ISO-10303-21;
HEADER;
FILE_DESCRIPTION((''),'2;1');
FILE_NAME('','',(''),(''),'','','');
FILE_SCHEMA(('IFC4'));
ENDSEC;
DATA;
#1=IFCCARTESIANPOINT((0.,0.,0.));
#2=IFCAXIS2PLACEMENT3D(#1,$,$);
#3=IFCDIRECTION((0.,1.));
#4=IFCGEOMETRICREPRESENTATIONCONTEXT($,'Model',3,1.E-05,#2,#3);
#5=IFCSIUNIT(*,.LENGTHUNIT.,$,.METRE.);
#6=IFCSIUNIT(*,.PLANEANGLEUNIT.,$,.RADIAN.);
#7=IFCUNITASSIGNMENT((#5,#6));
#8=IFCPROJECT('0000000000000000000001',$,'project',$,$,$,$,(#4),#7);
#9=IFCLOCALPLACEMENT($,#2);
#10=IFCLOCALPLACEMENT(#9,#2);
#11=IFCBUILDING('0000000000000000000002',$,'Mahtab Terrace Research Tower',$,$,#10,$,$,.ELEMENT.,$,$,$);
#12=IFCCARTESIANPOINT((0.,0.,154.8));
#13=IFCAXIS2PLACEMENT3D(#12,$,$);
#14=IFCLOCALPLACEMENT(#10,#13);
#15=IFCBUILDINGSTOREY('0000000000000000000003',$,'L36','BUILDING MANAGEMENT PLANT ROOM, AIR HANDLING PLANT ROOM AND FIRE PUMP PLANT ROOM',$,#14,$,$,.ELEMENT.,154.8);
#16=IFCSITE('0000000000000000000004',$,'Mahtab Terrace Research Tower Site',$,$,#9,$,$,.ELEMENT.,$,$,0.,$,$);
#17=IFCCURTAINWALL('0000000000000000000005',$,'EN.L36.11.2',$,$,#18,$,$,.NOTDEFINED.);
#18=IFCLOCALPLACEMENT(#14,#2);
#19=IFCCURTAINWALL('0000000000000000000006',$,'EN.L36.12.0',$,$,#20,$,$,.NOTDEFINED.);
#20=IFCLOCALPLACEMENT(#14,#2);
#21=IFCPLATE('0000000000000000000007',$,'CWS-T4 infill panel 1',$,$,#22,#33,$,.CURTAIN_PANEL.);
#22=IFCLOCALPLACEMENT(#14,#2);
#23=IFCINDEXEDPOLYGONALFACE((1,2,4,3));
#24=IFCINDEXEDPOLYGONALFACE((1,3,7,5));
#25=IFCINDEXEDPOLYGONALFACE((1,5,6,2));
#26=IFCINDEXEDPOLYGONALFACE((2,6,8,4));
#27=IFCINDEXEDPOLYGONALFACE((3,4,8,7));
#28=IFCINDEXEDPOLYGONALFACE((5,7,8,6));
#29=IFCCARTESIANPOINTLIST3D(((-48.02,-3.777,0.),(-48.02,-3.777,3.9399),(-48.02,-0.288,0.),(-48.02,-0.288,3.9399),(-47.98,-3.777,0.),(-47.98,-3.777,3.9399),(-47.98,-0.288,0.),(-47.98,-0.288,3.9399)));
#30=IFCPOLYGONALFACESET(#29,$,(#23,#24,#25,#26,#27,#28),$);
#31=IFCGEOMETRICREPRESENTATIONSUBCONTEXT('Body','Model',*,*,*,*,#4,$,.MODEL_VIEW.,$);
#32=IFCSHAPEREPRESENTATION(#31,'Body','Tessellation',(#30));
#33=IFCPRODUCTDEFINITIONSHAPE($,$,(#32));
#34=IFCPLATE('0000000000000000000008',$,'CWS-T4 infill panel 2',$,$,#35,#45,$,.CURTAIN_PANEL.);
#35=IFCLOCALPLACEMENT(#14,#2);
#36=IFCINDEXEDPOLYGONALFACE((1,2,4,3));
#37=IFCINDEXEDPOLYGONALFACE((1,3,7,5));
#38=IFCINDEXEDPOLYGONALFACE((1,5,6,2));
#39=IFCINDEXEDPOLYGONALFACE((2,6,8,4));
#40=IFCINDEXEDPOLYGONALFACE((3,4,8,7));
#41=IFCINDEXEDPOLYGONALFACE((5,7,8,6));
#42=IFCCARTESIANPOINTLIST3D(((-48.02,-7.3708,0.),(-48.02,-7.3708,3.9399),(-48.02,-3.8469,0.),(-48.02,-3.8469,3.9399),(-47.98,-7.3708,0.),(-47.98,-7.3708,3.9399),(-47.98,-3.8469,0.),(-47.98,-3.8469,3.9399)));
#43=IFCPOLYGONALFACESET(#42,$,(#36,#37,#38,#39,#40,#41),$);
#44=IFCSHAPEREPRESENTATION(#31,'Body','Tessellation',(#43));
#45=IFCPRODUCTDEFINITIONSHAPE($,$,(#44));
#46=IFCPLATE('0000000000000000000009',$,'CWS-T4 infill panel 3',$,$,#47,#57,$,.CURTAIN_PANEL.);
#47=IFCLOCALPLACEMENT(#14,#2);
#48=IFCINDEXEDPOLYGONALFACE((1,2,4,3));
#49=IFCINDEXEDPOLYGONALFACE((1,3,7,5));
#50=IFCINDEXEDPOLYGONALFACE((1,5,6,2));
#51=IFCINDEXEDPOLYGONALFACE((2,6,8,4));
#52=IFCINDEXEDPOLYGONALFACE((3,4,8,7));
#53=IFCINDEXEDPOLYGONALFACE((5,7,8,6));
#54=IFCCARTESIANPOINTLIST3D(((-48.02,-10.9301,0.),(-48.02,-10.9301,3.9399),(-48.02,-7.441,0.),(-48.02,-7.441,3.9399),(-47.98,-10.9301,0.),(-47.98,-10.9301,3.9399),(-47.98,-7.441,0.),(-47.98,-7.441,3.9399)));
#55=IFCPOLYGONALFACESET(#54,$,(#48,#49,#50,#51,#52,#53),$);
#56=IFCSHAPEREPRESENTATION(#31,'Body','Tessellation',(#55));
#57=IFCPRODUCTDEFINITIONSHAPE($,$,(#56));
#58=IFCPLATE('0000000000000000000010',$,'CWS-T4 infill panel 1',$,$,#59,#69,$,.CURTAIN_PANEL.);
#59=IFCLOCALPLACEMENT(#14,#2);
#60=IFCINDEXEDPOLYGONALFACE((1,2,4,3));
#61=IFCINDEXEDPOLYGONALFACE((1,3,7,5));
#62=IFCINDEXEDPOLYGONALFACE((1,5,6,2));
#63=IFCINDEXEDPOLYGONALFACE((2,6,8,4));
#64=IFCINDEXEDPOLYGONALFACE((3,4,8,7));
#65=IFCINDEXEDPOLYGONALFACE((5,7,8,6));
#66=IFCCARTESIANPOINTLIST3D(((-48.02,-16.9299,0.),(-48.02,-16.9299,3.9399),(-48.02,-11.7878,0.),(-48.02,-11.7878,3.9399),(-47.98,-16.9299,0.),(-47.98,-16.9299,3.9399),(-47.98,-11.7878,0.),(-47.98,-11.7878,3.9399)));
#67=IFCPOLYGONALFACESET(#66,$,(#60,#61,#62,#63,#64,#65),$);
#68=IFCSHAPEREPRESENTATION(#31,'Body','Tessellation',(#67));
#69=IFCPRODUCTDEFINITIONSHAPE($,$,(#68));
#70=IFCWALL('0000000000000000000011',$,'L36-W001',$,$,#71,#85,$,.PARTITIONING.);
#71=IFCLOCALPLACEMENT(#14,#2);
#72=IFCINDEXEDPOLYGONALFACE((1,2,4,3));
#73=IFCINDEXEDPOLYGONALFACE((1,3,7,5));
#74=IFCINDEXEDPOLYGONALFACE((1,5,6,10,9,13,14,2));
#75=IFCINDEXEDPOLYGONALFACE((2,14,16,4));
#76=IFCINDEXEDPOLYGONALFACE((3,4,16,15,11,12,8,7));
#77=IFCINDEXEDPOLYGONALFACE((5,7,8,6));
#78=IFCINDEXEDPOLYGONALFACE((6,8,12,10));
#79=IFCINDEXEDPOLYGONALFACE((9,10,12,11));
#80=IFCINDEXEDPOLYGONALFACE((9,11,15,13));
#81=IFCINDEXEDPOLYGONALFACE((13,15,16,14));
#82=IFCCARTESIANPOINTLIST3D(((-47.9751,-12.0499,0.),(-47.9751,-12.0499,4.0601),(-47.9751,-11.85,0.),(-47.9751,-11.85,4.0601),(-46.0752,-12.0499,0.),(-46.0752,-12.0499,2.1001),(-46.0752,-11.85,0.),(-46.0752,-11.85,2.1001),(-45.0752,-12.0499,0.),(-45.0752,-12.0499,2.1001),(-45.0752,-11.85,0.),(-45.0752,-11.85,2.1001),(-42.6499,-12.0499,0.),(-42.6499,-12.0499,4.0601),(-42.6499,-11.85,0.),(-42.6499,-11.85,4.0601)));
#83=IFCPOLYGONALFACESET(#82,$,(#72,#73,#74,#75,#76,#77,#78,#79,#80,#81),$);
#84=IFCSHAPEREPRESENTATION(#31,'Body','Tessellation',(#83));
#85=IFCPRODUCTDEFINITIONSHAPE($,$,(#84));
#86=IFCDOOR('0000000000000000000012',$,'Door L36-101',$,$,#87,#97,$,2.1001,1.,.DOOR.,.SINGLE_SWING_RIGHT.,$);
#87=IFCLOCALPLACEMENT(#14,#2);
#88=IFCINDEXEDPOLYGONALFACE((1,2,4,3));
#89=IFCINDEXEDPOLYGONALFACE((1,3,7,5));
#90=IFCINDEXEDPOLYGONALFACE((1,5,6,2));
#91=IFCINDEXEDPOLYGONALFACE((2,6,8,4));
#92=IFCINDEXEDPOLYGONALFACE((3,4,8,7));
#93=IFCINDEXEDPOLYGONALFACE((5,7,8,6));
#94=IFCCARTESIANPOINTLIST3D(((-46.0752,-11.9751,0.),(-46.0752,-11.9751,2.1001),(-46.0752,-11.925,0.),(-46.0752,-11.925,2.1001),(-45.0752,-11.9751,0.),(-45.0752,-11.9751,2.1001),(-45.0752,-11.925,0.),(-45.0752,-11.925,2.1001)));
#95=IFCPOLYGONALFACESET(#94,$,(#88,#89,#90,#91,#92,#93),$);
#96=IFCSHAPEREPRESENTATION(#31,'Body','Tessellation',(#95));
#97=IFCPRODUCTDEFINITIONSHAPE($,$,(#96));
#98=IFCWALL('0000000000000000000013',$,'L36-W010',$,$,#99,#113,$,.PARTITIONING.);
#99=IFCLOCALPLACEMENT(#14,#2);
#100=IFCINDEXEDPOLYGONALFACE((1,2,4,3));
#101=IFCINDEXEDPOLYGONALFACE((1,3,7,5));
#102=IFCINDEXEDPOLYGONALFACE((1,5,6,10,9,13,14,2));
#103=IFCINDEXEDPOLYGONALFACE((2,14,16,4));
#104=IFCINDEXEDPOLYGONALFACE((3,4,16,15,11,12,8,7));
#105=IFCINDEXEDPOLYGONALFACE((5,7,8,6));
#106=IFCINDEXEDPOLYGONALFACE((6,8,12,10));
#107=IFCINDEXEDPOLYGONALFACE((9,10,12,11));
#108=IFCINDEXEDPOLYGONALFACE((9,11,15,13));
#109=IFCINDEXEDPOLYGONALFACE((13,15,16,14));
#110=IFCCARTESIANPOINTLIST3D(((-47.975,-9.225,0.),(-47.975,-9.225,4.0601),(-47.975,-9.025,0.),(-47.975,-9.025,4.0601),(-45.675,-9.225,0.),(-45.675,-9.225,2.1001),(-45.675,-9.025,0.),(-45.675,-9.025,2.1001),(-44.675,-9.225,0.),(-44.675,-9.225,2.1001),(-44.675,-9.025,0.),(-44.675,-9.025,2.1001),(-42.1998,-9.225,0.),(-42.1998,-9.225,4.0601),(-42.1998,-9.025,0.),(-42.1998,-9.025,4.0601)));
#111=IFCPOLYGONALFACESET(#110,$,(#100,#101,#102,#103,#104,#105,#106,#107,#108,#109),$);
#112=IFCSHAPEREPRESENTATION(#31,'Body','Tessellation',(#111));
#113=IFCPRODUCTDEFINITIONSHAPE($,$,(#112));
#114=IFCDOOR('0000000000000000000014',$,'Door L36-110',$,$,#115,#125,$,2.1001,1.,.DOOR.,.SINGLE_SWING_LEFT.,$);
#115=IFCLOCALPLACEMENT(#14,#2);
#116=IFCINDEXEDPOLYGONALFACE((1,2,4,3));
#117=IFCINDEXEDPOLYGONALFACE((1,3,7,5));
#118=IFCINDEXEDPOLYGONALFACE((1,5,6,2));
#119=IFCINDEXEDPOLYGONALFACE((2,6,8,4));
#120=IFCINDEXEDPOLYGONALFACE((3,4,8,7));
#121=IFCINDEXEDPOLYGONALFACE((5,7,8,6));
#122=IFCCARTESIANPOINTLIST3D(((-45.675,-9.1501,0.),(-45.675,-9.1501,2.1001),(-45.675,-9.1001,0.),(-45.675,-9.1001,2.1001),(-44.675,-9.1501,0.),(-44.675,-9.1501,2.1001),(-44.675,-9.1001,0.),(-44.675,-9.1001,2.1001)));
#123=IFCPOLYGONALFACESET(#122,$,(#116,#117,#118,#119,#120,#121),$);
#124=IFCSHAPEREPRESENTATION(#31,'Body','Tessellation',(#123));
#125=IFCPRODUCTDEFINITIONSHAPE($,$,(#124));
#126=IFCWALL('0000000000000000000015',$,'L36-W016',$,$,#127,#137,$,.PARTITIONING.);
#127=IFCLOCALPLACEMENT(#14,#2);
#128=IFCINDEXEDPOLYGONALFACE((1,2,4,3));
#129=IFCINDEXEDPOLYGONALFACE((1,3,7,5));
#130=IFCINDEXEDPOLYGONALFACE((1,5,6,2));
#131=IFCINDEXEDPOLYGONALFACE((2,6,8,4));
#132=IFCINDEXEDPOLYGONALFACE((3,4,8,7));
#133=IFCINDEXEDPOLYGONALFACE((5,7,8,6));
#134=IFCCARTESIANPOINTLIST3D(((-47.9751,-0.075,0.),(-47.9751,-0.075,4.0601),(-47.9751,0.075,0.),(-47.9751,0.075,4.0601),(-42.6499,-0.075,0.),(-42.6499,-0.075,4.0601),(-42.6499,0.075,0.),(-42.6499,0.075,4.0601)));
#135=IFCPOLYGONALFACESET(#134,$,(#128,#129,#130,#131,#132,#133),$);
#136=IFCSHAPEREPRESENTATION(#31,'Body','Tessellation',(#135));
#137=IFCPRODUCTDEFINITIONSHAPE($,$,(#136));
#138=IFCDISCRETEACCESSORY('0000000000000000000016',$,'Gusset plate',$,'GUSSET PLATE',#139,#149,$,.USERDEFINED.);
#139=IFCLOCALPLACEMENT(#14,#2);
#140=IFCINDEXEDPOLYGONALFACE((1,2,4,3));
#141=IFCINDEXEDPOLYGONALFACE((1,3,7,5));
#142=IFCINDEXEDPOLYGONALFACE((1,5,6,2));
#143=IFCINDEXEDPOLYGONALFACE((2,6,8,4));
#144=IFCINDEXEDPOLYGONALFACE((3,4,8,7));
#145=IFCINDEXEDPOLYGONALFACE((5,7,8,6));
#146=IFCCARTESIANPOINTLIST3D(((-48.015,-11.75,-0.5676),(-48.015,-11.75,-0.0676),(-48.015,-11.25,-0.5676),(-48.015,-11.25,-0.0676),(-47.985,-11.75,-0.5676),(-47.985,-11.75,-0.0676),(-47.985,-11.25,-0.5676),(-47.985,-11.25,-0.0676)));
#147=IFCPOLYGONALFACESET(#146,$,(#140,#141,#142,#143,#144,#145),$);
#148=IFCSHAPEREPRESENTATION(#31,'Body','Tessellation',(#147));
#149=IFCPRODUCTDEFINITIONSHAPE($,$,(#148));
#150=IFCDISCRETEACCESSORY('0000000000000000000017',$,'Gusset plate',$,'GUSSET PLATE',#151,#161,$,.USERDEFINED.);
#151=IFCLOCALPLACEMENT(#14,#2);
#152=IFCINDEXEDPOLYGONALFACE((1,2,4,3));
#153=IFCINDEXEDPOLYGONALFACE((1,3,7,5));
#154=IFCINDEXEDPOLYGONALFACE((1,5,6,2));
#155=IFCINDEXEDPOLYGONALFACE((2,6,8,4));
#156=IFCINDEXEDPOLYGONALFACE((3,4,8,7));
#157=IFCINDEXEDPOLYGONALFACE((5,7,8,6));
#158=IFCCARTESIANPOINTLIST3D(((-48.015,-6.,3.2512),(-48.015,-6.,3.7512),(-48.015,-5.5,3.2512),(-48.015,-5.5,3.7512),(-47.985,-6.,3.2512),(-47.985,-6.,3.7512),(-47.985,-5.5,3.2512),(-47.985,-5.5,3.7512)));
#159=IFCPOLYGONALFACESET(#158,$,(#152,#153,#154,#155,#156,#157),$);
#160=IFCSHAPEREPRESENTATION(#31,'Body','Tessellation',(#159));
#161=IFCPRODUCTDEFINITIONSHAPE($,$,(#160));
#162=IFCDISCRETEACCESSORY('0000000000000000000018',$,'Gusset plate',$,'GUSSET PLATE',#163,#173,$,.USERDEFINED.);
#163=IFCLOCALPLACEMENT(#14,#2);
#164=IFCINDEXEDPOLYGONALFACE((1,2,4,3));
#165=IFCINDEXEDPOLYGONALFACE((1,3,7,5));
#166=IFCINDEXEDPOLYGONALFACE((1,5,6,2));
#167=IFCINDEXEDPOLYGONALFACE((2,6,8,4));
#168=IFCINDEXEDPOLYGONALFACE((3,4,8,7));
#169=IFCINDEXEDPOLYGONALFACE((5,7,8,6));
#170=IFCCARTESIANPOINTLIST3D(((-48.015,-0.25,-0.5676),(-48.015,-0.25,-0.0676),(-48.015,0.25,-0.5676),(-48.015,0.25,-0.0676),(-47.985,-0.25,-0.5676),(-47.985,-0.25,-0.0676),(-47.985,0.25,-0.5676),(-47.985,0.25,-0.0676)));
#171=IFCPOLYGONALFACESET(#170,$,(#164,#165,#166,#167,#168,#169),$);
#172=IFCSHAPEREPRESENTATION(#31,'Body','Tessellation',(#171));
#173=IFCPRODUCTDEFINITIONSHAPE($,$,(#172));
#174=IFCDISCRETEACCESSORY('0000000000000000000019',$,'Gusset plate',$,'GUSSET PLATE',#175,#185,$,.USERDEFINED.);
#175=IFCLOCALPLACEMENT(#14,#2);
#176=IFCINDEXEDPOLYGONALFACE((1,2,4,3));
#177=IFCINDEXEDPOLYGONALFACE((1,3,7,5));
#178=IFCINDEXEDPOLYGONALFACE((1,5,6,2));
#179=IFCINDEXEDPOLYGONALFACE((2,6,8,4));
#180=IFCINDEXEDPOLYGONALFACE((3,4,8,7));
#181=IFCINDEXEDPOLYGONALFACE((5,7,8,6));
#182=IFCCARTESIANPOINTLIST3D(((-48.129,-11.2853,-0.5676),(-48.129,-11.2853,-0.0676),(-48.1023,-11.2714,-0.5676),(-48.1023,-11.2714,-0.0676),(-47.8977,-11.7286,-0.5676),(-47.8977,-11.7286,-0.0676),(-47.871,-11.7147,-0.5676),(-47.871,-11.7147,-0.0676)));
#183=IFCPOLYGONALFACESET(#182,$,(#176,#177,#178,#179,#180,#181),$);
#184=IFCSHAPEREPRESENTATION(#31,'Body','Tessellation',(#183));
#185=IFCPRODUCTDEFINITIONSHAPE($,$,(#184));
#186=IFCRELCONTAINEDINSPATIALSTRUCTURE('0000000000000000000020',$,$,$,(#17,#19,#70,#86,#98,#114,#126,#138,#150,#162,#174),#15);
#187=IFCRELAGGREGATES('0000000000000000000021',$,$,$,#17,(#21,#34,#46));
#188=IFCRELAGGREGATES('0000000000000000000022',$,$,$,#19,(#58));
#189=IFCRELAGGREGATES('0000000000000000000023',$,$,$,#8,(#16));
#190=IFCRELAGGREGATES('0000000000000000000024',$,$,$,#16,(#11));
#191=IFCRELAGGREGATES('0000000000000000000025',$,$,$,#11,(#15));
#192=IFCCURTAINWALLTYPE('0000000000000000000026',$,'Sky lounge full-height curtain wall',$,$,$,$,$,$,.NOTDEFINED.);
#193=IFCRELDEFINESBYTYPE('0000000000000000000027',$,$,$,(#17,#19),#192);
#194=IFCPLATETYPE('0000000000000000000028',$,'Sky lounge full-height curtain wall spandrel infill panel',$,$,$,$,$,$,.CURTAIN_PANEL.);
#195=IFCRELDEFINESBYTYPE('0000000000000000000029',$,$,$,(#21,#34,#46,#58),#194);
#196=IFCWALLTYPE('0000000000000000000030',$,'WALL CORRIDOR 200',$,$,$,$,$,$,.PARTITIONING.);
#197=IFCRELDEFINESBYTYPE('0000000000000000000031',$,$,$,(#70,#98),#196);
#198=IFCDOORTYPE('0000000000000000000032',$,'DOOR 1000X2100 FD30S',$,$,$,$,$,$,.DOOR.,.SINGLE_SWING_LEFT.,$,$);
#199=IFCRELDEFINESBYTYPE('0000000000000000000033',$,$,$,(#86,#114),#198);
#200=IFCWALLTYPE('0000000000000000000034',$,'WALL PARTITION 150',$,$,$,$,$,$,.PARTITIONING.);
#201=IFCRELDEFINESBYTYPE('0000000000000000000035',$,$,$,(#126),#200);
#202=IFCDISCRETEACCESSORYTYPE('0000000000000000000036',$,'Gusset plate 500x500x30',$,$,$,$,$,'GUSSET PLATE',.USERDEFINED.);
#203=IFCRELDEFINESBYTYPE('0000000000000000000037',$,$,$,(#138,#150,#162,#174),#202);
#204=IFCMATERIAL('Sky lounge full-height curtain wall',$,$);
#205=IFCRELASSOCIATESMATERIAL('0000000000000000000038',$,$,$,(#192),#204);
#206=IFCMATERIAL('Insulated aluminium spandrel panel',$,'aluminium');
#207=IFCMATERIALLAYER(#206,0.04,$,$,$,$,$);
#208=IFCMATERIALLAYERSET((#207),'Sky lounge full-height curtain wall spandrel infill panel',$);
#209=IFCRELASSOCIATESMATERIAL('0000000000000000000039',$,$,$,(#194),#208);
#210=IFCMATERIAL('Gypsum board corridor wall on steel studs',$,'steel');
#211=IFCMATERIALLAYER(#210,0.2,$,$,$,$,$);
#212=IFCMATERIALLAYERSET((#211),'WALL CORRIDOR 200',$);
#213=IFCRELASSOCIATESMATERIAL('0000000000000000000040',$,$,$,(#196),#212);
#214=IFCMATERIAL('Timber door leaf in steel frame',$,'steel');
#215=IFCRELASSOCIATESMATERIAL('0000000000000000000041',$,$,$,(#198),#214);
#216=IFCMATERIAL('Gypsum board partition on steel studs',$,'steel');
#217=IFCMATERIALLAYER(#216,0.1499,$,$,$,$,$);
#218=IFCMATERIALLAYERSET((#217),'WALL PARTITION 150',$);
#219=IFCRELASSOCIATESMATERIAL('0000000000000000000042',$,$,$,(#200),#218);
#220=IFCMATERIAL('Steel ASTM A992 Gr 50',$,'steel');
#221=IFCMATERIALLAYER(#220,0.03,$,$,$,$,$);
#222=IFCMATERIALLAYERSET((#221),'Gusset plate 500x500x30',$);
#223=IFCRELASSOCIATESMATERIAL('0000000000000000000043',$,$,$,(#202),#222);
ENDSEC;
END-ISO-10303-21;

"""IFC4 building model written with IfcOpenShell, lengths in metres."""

from ifc_helpers import new_model, si_unit, direction, frame, frame_2d, origin, origin_2d, place, context, subcontext, project, spatial, rectangle, extrude, material, layer, layer_set, type_object, element, fill, aggregate, save


model = new_model("IFC4")

# Units and contexts
model_context = context("Model", 3, precision=1e-05, world=origin(), true_north=direction((0.0, 1.0)))
body_context = subcontext(model_context, "Body", "Model", "MODEL_VIEW")
ifc_project = project(units=[si_unit("LENGTHUNIT", "METRE"), si_unit("PLANEANGLEUNIT", "RADIAN")], contexts=[model_context])

# Site, building, storey
site_placement = place(None, origin())
site = spatial("IfcSite", under=ifc_project, at=site_placement, Name="Mahtab Terrace Research Tower Site", CompositionType="ELEMENT", RefElevation=0.0)
building_placement = place(site_placement, origin())
building = spatial("IfcBuilding", under=site, at=building_placement, Name="Mahtab Terrace Research Tower", CompositionType="ELEMENT")
storey_placement = place(building_placement, frame((0.0, 0.0, 154.8)))
storey = spatial("IfcBuildingStorey", under=building, at=storey_placement, Name="L36", Description="BUILDING MANAGEMENT PLANT ROOM, AIR HANDLING PLANT ROOM AND FIRE PUMP PLANT ROOM", CompositionType="ELEMENT", Elevation=154.8)

# Shared definitions
ifc_material_1 = material(Name="Steel ASTM A992 Gr 50", Category="steel")

# Curtain walls
ifc_material_2 = material(Name="Sky lounge full-height curtain wall")
curtain_wall_type = type_object("IfcCurtainWallType", Name="Sky lounge full-height curtain wall", PredefinedType="NOTDEFINED", material=ifc_material_2)
curtain_wall_1_placement = place(storey_placement, origin())
curtain_wall_1 = element("IfcCurtainWall", 1, at=curtain_wall_1_placement, inside=storey, type_object=curtain_wall_type, Name="EN.L36.11.2", PredefinedType="NOTDEFINED")
curtain_wall_2_placement = place(storey_placement, origin())
curtain_wall_2 = element("IfcCurtainWall", 2, at=curtain_wall_2_placement, inside=storey, type_object=curtain_wall_type, Name="EN.L36.12.0", PredefinedType="NOTDEFINED")

# Plates
ifc_material_3 = material(Name="Insulated aluminium spandrel panel", Category="aluminium")
ifc_layer_1 = layer(ifc_material_3, 0.04)
ifc_layer_set_1 = layer_set([ifc_layer_1], Name="Sky lounge full-height curtain wall spandrel infill panel")
plate_type = type_object("IfcPlateType", Name="Sky lounge full-height curtain wall spandrel infill panel", PredefinedType="CURTAIN_PANEL", material=ifc_layer_set_1)
plate_1_placement = place(storey_placement, frame((-48.0, -2.0325, 0.0), z_axis=(0.0, 0.0, 1.0), x_axis=(0.0, -1.0, 0.0)))
plate_1 = element("IfcPlate", 3, at=plate_1_placement, type_object=plate_type, Name="CWS-T4 infill panel 1", PredefinedType="CURTAIN_PANEL", context=body_context, shape_type="SweptSolid", body=[
    extrude(rectangle(XDim=3.489, YDim=0.04, at=origin_2d()), origin(), (0.0, 0.0, 1.0), 3.9399),
])
plate_2_placement = place(storey_placement, frame((-48.0, -5.6089, 0.0), z_axis=(0.0, 0.0, 1.0), x_axis=(0.0, -1.0, 0.0)))
plate_2 = element("IfcPlate", 4, at=plate_2_placement, type_object=plate_type, Name="CWS-T4 infill panel 2", PredefinedType="CURTAIN_PANEL", context=body_context, shape_type="SweptSolid", body=[
    extrude(rectangle(XDim=3.5239, YDim=0.04, at=origin_2d()), origin(), (0.0, 0.0, 1.0), 3.9399),
])
plate_3_placement = place(storey_placement, frame((-48.0, -9.1855, 0.0), z_axis=(0.0, 0.0, 1.0), x_axis=(0.0, -1.0, 0.0)))
plate_3 = element("IfcPlate", 5, at=plate_3_placement, type_object=plate_type, Name="CWS-T4 infill panel 3", PredefinedType="CURTAIN_PANEL", context=body_context, shape_type="SweptSolid", body=[
    extrude(rectangle(XDim=3.489, YDim=0.04, at=origin_2d()), origin(), (0.0, 0.0, 1.0), 3.9399),
])
aggregate(curtain_wall_1, [plate_1, plate_2, plate_3])
plate_4_placement = place(storey_placement, frame((-48.0, -14.3589, 0.0), z_axis=(0.0, 0.0, 1.0), x_axis=(0.0, -1.0, 0.0)))
plate_4 = element("IfcPlate", 6, at=plate_4_placement, type_object=plate_type, Name="CWS-T4 infill panel 1", PredefinedType="CURTAIN_PANEL", context=body_context, shape_type="SweptSolid", body=[
    extrude(rectangle(XDim=5.1421, YDim=0.04, at=origin_2d()), origin(), (0.0, 0.0, 1.0), 3.9399),
])
aggregate(curtain_wall_2, [plate_4])

# Walls, openings, doors
ifc_material_4 = material(Name="Gypsum board corridor wall on steel studs", Category="steel")
ifc_layer_2 = layer(ifc_material_4, 0.2)
ifc_layer_set_2 = layer_set([ifc_layer_2], Name="WALL CORRIDOR 200")
wall_type_1 = type_object("IfcWallType", Name="WALL CORRIDOR 200", PredefinedType="PARTITIONING", material=ifc_layer_set_2)
wall_1_placement = place(storey_placement, frame((-47.9751, -11.95, 0.0), z_axis=(0.0, 0.0, 1.0), x_axis=(1.0, 0.0, 0.0)))
wall_1 = element("IfcWall", 7, at=wall_1_placement, inside=storey, type_object=wall_type_1, Name="L36-W001", PredefinedType="PARTITIONING", context=body_context, shape_type="SweptSolid", body=[
    extrude(rectangle(XDim=5.3252, YDim=0.2, at=frame_2d((2.6626, 0.0))), origin(), (0.0, 0.0, 1.0), 4.0601),
])
opening_1_placement = place(wall_1_placement, frame((1.8999, 0.0, 0.0)))
opening_1 = element("IfcOpeningElement", 8, at=opening_1_placement, cuts=wall_1, PredefinedType="OPENING", context=body_context, shape_type="SweptSolid", body=[
    extrude(rectangle(XDim=1.0, YDim=2.1001, at=frame_2d((0.5, 1.05))), frame((0.0, 0.1099, 0.0), z_axis=(0.0, -1.0, 0.0), x_axis=(1.0, 0.0, 0.0)), (0.0, 0.0, 1.0), 0.22),
])
ifc_material_5 = material(Name="Timber door leaf in steel frame", Category="steel")
door_type = type_object("IfcDoorType", Name="DOOR 1000X2100 FD30S", OperationType="SINGLE_SWING_LEFT", PredefinedType="DOOR", material=ifc_material_5)
door_1_placement = place(opening_1_placement, origin())
door_1 = element("IfcDoor", 9, at=door_1_placement, inside=storey, type_object=door_type, Name="Door L36-101", OperationType="SINGLE_SWING_RIGHT", OverallHeight=2.1001, OverallWidth=1.0, PredefinedType="DOOR", context=body_context, shape_type="SweptSolid", body=[
    extrude(rectangle(XDim=1.0, YDim=2.1001, at=frame_2d((0.5, 1.05))), frame((0.0, 0.0249, 0.0), z_axis=(0.0, -1.0, 0.0), x_axis=(1.0, 0.0, 0.0)), (0.0, 0.0, 1.0), 0.05),
])
fill(opening_1, door_1)
wall_2_placement = place(storey_placement, frame((-47.9751, -9.125, 0.0), z_axis=(0.0, 0.0, 1.0), x_axis=(1.0, 0.0, 0.0)))
wall_2 = element("IfcWall", 10, at=wall_2_placement, inside=storey, type_object=wall_type_1, Name="L36-W010", PredefinedType="PARTITIONING", context=body_context, shape_type="SweptSolid", body=[
    extrude(rectangle(XDim=5.7751, YDim=0.2, at=frame_2d((2.8877, 0.0))), origin(), (0.0, 0.0, 1.0), 4.0601),
])
opening_2_placement = place(wall_2_placement, frame((2.3, 0.0, 0.0)))
opening_2 = element("IfcOpeningElement", 11, at=opening_2_placement, cuts=wall_2, PredefinedType="OPENING", context=body_context, shape_type="SweptSolid", body=[
    extrude(rectangle(XDim=1.0, YDim=2.1001, at=frame_2d((0.5, 1.05))), frame((0.0, 0.1099, 0.0), z_axis=(0.0, -1.0, 0.0), x_axis=(1.0, 0.0, 0.0)), (0.0, 0.0, 1.0), 0.22),
])
door_2_placement = place(opening_2_placement, origin())
door_2 = element("IfcDoor", 12, at=door_2_placement, inside=storey, type_object=door_type, Name="Door L36-110", OperationType="SINGLE_SWING_LEFT", OverallHeight=2.1001, OverallWidth=1.0, PredefinedType="DOOR", context=body_context, shape_type="SweptSolid", body=[
    extrude(rectangle(XDim=1.0, YDim=2.1001, at=frame_2d((0.5, 1.05))), frame((0.0, 0.0249, 0.0), z_axis=(0.0, -1.0, 0.0), x_axis=(1.0, 0.0, 0.0)), (0.0, 0.0, 1.0), 0.05),
])
fill(opening_2, door_2)

# Wall
ifc_material_6 = material(Name="Gypsum board partition on steel studs", Category="steel")
ifc_layer_3 = layer(ifc_material_6, 0.1499)
ifc_layer_set_3 = layer_set([ifc_layer_3], Name="WALL PARTITION 150")
wall_type_2 = type_object("IfcWallType", Name="WALL PARTITION 150", PredefinedType="PARTITIONING", material=ifc_layer_set_3)
wall_3_placement = place(storey_placement, frame((-47.9751, 0.0, 0.0), z_axis=(0.0, 0.0, 1.0), x_axis=(1.0, 0.0, 0.0)))
element("IfcWall", 13, at=wall_3_placement, inside=storey, type_object=wall_type_2, Name="L36-W016", PredefinedType="PARTITIONING", context=body_context, shape_type="SweptSolid", body=[
    extrude(rectangle(XDim=5.3252, YDim=0.1499, at=frame_2d((2.6626, 0.0))), origin(), (0.0, 0.0, 1.0), 4.0601),
])

# Discrete accessories
ifc_layer_4 = layer(ifc_material_1, 0.03)
ifc_layer_set_4 = layer_set([ifc_layer_4], Name="Gusset plate 500x500x30")
discrete_accessory_type = type_object("IfcDiscreteAccessoryType", Name="Gusset plate 500x500x30", ElementType="GUSSET PLATE", PredefinedType="USERDEFINED", material=ifc_layer_set_4)
for number, where, z_axis, x_axis, name in (
    (14, (-48.0, -11.5, -0.5676), (0.0, 0.0, 1.0), (0.0, 1.0, 0.0), "Gusset plate"),
    (15, (-48.0, -5.75, 3.2512), (0.0, 0.0, 1.0), (0.0, 1.0, 0.0), "Gusset plate"),
    (16, (-48.0, 0.0, -0.5676), (0.0, 0.0, 1.0), (0.0, 1.0, 0.0), "Gusset plate"),
    (17, (-48.0, -11.5, -0.5676), (0.0, 0.0, 1.0), (-0.4626, 0.886567, 0.0), "Gusset plate"),
):
    element("IfcDiscreteAccessory", number, at=place(storey_placement, frame(where, z_axis=z_axis, x_axis=x_axis)), inside=storey, type_object=discrete_accessory_type, Name=name, ObjectType="GUSSET PLATE", PredefinedType="USERDEFINED", context=body_context, shape_type="SweptSolid", body=[
        extrude(rectangle(XDim=0.5, YDim=0.03, at=origin_2d()), origin(), (0.0, 0.0, 1.0), 0.5),
    ])

save(model, "model.ifc")
